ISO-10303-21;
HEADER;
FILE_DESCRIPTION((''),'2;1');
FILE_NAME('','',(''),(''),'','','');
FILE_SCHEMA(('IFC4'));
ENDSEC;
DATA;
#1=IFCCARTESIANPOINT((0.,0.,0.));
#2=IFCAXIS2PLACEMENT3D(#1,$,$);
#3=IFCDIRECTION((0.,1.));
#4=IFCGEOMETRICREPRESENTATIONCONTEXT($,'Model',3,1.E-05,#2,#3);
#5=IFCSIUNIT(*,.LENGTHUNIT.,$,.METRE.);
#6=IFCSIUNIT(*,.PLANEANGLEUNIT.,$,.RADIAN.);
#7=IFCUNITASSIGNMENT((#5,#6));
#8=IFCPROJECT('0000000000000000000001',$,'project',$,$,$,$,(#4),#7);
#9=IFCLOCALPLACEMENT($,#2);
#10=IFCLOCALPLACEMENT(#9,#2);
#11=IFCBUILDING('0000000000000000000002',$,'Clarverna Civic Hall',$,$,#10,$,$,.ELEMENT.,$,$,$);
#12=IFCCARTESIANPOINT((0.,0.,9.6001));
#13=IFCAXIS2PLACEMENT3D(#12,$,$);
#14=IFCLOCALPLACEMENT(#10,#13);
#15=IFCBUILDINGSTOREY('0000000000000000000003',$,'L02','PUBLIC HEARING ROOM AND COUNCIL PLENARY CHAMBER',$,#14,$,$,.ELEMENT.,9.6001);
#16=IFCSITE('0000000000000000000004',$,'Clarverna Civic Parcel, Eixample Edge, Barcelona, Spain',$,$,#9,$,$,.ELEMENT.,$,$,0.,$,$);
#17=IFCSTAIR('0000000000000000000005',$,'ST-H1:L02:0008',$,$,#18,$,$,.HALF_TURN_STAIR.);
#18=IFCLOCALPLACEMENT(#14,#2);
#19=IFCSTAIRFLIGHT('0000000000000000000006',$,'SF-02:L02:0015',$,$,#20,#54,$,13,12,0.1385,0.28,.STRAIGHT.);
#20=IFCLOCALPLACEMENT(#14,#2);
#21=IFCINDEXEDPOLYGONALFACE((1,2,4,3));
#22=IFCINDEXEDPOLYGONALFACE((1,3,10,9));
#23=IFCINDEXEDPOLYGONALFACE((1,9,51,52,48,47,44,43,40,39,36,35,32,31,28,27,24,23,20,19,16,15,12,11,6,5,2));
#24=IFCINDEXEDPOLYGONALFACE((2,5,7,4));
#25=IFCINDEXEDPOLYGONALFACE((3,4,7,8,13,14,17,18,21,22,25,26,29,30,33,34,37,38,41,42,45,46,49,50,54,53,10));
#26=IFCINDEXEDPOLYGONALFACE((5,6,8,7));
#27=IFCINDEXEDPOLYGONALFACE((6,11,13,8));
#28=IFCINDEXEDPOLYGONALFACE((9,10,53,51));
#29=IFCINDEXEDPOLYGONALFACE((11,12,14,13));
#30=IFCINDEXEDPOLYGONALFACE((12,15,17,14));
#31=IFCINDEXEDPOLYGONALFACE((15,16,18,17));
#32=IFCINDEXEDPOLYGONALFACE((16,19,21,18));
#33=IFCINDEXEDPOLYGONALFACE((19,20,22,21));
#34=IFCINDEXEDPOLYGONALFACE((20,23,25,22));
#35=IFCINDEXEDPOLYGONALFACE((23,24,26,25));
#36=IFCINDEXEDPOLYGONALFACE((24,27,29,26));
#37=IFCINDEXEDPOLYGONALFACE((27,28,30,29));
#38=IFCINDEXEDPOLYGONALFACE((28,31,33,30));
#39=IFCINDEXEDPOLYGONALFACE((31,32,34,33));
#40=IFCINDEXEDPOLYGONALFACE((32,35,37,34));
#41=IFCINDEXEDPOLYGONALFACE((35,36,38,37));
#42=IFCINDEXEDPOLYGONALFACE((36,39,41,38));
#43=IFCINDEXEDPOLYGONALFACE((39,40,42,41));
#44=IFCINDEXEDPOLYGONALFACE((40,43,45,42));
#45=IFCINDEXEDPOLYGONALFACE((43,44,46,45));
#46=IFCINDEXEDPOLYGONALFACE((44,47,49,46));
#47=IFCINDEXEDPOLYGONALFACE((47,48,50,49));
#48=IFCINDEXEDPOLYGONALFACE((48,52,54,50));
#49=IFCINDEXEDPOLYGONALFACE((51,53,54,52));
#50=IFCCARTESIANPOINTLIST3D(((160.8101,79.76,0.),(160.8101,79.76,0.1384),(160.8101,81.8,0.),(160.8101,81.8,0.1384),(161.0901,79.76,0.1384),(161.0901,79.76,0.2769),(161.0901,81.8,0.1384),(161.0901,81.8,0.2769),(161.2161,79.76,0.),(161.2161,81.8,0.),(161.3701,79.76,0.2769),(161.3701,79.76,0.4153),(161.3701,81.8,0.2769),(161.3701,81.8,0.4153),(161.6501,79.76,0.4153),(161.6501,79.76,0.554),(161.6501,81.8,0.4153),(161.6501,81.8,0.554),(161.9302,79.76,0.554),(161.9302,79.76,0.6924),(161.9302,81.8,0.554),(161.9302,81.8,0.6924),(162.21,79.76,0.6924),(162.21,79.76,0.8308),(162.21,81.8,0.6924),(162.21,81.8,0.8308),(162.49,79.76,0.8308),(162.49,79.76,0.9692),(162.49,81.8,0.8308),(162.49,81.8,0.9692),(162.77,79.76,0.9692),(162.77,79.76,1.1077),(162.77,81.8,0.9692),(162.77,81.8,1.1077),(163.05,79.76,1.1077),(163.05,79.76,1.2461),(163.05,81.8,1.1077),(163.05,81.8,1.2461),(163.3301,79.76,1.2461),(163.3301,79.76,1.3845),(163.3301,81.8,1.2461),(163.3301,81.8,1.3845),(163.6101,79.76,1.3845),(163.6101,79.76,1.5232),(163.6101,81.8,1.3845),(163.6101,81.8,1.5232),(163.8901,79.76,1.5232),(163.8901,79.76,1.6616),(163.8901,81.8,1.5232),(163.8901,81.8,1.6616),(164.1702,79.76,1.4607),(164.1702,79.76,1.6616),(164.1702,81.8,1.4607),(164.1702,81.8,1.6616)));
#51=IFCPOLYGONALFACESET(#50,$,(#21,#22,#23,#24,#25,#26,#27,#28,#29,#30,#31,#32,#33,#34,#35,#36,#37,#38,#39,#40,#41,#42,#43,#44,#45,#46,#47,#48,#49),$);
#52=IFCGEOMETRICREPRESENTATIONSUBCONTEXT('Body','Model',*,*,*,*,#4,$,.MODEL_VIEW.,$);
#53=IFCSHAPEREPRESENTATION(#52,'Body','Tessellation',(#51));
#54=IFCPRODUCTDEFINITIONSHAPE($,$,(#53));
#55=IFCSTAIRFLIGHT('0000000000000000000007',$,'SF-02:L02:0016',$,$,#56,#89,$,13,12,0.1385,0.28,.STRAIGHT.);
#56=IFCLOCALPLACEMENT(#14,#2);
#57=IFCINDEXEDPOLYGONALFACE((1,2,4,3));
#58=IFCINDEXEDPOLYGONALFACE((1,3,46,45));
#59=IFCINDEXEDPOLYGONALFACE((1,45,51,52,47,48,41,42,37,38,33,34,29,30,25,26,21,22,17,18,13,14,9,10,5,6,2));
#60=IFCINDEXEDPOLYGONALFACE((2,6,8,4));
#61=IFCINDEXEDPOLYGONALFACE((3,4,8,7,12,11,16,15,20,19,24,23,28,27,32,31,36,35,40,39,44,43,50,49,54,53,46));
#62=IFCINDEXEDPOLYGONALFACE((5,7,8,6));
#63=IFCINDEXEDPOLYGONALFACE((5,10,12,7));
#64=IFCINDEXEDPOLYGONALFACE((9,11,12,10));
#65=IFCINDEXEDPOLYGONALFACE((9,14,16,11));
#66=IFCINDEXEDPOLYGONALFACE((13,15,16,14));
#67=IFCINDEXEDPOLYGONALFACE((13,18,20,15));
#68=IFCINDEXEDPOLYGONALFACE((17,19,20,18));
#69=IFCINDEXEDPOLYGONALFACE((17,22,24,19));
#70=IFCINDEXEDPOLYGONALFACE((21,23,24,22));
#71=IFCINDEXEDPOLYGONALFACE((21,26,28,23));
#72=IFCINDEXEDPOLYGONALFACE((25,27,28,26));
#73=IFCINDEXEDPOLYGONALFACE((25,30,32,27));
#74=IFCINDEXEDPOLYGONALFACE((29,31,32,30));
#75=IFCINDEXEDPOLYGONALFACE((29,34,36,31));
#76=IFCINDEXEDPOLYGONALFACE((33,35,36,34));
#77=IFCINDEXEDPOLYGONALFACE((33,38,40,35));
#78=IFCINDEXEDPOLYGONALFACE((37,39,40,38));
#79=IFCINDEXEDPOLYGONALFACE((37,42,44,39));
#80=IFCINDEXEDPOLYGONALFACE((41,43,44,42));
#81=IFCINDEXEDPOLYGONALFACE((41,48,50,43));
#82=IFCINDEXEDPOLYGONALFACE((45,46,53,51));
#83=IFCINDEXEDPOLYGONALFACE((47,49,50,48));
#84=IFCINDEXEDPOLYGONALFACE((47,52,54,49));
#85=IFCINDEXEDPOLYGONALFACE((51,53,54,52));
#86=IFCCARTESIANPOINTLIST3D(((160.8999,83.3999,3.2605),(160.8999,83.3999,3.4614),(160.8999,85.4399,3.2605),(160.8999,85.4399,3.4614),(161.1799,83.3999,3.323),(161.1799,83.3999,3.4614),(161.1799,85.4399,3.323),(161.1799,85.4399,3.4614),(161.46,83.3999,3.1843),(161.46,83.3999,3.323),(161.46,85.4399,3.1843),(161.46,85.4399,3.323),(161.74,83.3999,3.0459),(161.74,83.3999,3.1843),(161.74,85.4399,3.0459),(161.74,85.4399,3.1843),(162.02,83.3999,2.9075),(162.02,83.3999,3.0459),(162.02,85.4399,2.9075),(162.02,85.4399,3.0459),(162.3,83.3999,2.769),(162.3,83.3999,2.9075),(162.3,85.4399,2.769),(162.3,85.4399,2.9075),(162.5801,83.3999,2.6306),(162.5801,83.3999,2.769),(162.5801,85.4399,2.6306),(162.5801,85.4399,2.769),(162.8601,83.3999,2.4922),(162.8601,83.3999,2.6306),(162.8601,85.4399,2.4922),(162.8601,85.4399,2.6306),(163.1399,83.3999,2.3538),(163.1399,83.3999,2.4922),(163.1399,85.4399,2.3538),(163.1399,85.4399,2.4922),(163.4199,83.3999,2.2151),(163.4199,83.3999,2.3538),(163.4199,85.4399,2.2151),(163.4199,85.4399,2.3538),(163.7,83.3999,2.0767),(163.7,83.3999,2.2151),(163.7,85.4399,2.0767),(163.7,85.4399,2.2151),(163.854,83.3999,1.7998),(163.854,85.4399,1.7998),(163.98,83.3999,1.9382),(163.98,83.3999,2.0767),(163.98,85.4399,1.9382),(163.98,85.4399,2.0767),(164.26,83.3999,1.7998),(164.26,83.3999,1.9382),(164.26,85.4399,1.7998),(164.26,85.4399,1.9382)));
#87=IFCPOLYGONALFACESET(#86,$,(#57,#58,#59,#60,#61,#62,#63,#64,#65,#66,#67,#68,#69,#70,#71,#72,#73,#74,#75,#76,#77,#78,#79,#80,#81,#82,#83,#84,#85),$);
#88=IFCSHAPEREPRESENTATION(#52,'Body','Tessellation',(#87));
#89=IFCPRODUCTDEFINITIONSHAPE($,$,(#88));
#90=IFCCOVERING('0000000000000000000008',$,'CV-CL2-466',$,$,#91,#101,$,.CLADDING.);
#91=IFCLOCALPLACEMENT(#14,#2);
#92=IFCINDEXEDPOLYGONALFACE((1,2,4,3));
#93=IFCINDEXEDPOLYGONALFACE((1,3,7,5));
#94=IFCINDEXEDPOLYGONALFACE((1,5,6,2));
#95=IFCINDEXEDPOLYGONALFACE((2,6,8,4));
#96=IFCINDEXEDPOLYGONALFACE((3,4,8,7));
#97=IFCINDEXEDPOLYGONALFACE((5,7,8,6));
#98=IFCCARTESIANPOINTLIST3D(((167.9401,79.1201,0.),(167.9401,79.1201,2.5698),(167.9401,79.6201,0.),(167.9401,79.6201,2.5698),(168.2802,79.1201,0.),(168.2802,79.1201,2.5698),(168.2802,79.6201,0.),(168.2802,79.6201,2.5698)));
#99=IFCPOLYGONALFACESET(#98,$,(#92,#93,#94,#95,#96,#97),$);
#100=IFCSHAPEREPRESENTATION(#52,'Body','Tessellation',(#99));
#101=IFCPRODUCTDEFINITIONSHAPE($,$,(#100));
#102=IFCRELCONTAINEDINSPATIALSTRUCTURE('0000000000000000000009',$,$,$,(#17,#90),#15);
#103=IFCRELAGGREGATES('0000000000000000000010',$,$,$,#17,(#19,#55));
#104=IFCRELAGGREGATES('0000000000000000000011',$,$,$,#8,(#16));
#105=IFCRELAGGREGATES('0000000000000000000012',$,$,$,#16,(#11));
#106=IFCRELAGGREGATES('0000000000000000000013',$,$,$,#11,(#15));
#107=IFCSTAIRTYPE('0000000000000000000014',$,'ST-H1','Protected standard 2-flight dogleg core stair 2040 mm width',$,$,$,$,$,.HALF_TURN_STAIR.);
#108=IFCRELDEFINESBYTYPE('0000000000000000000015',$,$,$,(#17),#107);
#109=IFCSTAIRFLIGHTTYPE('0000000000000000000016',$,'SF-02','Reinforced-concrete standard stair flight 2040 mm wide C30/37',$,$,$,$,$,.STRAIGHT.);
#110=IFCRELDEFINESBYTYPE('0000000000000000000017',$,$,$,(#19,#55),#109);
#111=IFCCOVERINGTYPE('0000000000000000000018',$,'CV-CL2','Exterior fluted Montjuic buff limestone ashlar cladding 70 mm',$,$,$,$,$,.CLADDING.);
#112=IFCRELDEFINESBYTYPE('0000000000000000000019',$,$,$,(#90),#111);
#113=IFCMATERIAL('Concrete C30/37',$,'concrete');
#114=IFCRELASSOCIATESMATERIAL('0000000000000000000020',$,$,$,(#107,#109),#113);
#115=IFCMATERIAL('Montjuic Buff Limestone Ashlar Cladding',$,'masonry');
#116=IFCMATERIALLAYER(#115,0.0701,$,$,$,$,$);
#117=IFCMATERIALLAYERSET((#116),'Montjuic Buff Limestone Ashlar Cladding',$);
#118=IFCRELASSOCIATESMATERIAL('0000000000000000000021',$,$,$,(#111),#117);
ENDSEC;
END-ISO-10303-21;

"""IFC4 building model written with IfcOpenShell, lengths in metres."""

from ifc_helpers import new_model, si_unit, direction, frame, frame_2d, origin, place, context, subcontext, project, spatial, polyline, rectangle, outline, extrude, material, layer, layer_set, type_object, element, aggregate, save


model = new_model("IFC4")

# Units and contexts
model_context = context("Model", 3, precision=1e-05, world=origin(), true_north=direction((0.0, 1.0)))
body_context = subcontext(model_context, "Body", "Model", "MODEL_VIEW")
ifc_project = project(units=[si_unit("LENGTHUNIT", "METRE"), si_unit("PLANEANGLEUNIT", "RADIAN")], contexts=[model_context])

# Site, building, storey
site_placement = place(None, origin())
site = spatial("IfcSite", under=ifc_project, at=site_placement, Name="Clarverna Civic Parcel, Eixample Edge, Barcelona, Spain", CompositionType="ELEMENT", RefElevation=0.0)
building_placement = place(site_placement, origin())
building = spatial("IfcBuilding", under=site, at=building_placement, Name="Clarverna Civic Hall", CompositionType="ELEMENT")
storey_placement = place(building_placement, frame((0.0, 0.0, 9.6001)))
storey = spatial("IfcBuildingStorey", under=building, at=storey_placement, Name="L02", Description="PUBLIC HEARING ROOM AND COUNCIL PLENARY CHAMBER", CompositionType="ELEMENT", Elevation=9.6001)

# Stair, stair flights
ifc_material_1 = material(Name="Concrete C30/37", Category="concrete")
stair_type = type_object("IfcStairType", Name="ST-H1", Description="Protected standard 2-flight dogleg core stair 2040 mm width", PredefinedType="HALF_TURN_STAIR", material=ifc_material_1)
stair_placement = place(storey_placement, origin())
stair = element("IfcStair", 1, at=stair_placement, inside=storey, type_object=stair_type, Name="ST-H1:L02:0008", PredefinedType="HALF_TURN_STAIR")
stair_flight_type = type_object("IfcStairFlightType", Name="SF-02", Description="Reinforced-concrete standard stair flight 2040 mm wide C30/37", PredefinedType="STRAIGHT", material=ifc_material_1)
stair_flight_1_placement = place(storey_placement, frame((160.8101, 80.78, 0.0), z_axis=(0.0, 0.0, 1.0), x_axis=(1.0, 0.0, 0.0)))
stair_flight_1 = element("IfcStairFlight", 2, at=stair_flight_1_placement, type_object=stair_flight_type, Name="SF-02:L02:0015", NumberOfRisers=13, NumberOfTreads=12, PredefinedType="STRAIGHT", RiserHeight=0.1385, TreadLength=0.28, context=body_context, shape_type="SweptSolid", body=[
    extrude(outline(polyline([(0.0, 0.0), (0.0, 0.1384), (0.28, 0.1384), (0.28, 0.2769), (0.5601, 0.2769), (0.5601, 0.4153), (0.8401, 0.4153), (0.8401, 0.554), (1.1201, 0.554), (1.1201, 0.6924), (1.3999, 0.6924), (1.3999, 0.8308), (1.6799, 0.8308), (1.6799, 0.9692), (1.96, 0.9692), (1.96, 1.1077), (2.24, 1.1077), (2.24, 1.2461), (2.52, 1.2461), (2.52, 1.3845), (2.8, 1.3845), (2.8, 1.5232), (3.0801, 1.5232), (3.0801, 1.6616), (3.3601, 1.6616), (3.3601, 1.8), (3.3601, 1.4607), (0.406, 0.0), (0.0, 0.0)])), frame((0.0, 1.02, 0.0), z_axis=(0.0, -1.0, 0.0), x_axis=(1.0, 0.0, 0.0)), (0.0, 0.0, 1.0), 2.04),
])
stair_flight_2_placement = place(storey_placement, frame((164.26, 84.4199, 1.7998), z_axis=(0.0, 0.0, 1.0), x_axis=(-1.0, 0.0, 0.0)))
stair_flight_2 = element("IfcStairFlight", 3, at=stair_flight_2_placement, type_object=stair_flight_type, Name="SF-02:L02:0016", NumberOfRisers=13, NumberOfTreads=12, PredefinedType="STRAIGHT", RiserHeight=0.1385, TreadLength=0.28, context=body_context, shape_type="SweptSolid", body=[
    extrude(outline(polyline([(0.0, 0.0), (0.0, 0.1384), (0.28, 0.1384), (0.28, 0.2769), (0.5601, 0.2769), (0.5601, 0.4153), (0.8401, 0.4153), (0.8401, 0.554), (1.1201, 0.554), (1.1201, 0.6924), (1.3999, 0.6924), (1.3999, 0.8308), (1.6799, 0.8308), (1.6799, 0.9692), (1.96, 0.9692), (1.96, 1.1077), (2.24, 1.1077), (2.24, 1.2461), (2.52, 1.2461), (2.52, 1.3845), (2.8, 1.3845), (2.8, 1.5232), (3.0801, 1.5232), (3.0801, 1.6616), (3.3601, 1.6616), (3.3601, 1.8), (3.3601, 1.4607), (0.406, 0.0), (0.0, 0.0)])), frame((0.0, 1.02, 0.0), z_axis=(0.0, -1.0, 0.0), x_axis=(1.0, 0.0, 0.0)), (0.0, 0.0, 1.0), 2.04),
])
aggregate(stair, [stair_flight_1, stair_flight_2])

# Covering
ifc_material_2 = material(Name="Montjuic Buff Limestone Ashlar Cladding", Category="masonry")
ifc_layer_1 = layer(ifc_material_2, 0.0701)
ifc_layer_set_1 = layer_set([ifc_layer_1], Name="Montjuic Buff Limestone Ashlar Cladding")
covering_type = type_object("IfcCoveringType", Name="CV-CL2", Description="Exterior fluted Montjuic buff limestone ashlar cladding 70 mm", PredefinedType="CLADDING", material=ifc_layer_set_1)
covering_placement = place(storey_placement, frame((168.1101, 79.6201, 0.0), z_axis=(0.0, 0.0, 1.0), x_axis=(0.0, -1.0, 0.0)))
element("IfcCovering", 4, at=covering_placement, inside=storey, type_object=covering_type, Name="CV-CL2-466", PredefinedType="CLADDING", context=body_context, shape_type="SweptSolid", body=[
    extrude(rectangle(XDim=0.5, YDim=0.3401, at=frame_2d((0.25, 0.0))), origin(), (0.0, 0.0, 1.0), 2.5698),
])

save(model, "model.ifc")
